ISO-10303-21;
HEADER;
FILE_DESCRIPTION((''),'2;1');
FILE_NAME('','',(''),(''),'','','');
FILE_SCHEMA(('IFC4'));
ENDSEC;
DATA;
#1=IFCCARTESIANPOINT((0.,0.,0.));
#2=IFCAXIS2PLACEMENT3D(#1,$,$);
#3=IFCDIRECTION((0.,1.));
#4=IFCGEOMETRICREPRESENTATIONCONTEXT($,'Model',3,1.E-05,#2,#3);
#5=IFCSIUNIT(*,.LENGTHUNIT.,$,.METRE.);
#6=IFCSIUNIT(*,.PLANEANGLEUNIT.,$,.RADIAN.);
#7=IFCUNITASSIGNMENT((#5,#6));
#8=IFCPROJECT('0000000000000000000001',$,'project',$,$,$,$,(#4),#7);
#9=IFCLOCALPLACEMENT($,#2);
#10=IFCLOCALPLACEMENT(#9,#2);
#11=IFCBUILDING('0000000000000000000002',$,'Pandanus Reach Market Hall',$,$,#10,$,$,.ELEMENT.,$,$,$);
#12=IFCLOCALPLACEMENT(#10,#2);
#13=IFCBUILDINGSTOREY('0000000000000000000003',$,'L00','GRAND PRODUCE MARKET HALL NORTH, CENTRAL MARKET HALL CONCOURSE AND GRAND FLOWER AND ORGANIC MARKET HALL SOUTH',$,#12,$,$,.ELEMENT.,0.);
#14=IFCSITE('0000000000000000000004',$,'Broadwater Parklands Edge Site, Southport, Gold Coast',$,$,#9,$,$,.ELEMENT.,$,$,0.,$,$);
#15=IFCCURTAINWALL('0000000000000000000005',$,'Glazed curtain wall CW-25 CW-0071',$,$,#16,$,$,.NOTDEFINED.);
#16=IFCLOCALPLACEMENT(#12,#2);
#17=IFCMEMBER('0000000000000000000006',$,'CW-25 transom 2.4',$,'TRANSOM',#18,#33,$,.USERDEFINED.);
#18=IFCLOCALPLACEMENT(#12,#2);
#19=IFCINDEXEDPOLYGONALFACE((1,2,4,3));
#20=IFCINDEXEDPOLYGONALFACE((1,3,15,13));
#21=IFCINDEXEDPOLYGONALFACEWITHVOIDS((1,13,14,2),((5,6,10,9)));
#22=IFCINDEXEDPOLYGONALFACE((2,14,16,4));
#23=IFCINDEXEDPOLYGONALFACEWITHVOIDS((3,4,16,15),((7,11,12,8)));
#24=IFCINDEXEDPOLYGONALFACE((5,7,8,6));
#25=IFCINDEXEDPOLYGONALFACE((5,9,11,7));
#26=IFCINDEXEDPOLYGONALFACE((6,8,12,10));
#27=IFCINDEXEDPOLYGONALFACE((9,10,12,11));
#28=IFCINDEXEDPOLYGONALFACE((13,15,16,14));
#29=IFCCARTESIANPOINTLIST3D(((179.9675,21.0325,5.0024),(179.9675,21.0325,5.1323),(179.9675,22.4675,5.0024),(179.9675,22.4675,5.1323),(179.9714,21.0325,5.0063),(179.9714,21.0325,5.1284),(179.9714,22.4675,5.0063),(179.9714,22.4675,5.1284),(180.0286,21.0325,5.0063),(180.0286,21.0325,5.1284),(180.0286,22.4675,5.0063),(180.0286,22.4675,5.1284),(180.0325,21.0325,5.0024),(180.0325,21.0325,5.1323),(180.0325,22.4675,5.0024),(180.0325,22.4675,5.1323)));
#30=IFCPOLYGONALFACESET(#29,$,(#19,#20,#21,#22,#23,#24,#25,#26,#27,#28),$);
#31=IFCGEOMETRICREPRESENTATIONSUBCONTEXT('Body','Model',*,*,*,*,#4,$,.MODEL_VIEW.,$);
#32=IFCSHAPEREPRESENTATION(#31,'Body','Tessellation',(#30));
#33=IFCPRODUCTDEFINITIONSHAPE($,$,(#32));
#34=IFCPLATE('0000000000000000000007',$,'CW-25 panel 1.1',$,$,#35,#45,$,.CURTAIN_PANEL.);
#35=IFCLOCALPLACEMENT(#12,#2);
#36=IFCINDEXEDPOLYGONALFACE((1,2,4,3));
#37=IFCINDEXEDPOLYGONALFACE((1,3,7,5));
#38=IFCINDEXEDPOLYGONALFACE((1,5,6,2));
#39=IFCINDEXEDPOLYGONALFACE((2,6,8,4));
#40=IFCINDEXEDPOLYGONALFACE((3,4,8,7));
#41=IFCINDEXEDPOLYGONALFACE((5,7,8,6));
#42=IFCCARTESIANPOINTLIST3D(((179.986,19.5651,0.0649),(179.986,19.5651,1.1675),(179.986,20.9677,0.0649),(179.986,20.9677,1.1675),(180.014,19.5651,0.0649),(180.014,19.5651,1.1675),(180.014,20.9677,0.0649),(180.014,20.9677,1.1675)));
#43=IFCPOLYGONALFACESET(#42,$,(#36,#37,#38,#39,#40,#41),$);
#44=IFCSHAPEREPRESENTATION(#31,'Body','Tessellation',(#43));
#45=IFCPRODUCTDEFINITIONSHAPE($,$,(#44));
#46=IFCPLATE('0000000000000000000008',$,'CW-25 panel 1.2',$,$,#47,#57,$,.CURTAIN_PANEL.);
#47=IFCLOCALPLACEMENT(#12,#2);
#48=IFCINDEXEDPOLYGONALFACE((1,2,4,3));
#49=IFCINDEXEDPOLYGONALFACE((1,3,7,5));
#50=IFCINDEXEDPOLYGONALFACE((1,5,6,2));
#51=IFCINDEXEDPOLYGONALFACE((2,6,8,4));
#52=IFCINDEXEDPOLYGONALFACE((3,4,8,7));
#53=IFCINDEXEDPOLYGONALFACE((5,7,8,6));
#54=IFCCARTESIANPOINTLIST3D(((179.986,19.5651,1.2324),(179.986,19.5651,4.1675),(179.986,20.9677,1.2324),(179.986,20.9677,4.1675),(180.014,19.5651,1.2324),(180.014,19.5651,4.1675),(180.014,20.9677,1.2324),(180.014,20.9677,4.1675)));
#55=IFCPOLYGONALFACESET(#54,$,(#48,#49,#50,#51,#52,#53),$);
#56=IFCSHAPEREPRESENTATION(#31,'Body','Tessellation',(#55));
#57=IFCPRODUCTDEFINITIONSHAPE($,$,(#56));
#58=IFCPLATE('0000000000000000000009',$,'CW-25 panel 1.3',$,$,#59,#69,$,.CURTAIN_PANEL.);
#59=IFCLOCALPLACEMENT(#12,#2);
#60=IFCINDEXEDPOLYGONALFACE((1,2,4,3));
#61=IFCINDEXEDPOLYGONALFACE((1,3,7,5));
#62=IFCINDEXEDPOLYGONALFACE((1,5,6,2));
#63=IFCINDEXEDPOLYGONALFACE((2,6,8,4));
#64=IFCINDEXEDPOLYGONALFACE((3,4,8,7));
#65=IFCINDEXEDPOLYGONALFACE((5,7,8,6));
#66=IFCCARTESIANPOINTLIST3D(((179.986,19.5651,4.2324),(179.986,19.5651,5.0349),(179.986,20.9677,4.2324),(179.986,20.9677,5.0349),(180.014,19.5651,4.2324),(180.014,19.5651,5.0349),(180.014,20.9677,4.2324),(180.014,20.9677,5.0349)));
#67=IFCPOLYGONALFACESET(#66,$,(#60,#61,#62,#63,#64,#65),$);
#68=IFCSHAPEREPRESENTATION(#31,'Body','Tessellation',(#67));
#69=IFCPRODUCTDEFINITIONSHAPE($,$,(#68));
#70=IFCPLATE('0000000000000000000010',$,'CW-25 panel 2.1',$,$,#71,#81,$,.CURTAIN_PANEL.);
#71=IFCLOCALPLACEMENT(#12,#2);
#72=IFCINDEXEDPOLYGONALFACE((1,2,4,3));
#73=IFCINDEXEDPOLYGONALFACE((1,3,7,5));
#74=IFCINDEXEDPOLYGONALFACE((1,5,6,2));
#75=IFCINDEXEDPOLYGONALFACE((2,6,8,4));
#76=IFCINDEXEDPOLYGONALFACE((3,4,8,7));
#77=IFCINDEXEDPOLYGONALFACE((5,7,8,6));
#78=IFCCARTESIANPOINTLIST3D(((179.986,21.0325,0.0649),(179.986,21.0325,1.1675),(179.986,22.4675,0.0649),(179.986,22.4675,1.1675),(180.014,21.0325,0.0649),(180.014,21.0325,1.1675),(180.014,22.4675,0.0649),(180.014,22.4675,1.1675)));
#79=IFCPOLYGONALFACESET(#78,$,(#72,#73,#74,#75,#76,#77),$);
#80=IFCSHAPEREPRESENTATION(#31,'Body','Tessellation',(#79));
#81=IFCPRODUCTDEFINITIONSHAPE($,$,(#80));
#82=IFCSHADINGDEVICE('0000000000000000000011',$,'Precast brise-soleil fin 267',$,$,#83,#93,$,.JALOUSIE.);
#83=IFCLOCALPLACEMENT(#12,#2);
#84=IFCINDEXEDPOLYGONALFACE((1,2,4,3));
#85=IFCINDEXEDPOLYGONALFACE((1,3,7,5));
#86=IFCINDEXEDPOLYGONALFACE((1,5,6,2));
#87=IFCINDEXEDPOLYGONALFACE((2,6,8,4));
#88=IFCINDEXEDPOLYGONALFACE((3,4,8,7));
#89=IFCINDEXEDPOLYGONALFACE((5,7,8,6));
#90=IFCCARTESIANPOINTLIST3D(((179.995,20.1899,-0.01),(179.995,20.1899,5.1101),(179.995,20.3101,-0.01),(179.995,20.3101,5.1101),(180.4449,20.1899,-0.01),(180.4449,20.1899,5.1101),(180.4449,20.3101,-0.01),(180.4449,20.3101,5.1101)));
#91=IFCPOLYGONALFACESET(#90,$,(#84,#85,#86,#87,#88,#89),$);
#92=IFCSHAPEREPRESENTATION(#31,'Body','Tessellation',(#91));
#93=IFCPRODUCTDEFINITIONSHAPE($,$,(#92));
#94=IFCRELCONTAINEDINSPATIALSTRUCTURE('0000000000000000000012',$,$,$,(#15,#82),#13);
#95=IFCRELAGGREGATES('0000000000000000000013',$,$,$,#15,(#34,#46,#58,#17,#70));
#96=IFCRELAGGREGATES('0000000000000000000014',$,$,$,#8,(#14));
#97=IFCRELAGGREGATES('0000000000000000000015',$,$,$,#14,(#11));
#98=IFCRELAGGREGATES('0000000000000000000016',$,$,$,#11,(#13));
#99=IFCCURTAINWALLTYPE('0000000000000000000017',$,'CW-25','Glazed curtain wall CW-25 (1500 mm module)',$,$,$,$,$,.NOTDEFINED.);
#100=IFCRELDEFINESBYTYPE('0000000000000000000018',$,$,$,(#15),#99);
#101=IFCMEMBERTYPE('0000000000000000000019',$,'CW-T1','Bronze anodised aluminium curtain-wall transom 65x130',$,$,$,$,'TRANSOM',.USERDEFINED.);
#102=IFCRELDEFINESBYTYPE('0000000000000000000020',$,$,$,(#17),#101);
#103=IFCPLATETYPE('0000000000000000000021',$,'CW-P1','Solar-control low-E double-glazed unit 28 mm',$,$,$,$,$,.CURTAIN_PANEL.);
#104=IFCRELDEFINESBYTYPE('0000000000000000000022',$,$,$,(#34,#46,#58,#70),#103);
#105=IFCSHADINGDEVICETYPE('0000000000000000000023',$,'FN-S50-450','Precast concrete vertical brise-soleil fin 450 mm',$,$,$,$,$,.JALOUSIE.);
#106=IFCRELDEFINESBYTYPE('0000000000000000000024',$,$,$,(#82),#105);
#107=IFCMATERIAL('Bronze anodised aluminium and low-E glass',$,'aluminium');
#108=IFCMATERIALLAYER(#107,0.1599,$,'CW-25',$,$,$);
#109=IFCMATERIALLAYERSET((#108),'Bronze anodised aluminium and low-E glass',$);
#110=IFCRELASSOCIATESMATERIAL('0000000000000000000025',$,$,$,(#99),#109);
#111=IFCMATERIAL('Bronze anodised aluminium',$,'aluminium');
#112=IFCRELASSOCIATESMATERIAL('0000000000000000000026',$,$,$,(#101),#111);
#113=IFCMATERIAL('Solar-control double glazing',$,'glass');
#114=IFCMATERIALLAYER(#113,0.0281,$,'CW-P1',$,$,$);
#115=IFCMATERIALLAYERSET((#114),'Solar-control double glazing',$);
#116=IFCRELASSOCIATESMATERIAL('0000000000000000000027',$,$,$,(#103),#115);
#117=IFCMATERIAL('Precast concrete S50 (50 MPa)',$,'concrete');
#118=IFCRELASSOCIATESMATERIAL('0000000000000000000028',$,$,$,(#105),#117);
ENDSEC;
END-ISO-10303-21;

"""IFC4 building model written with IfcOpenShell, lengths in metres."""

from ifc_helpers import new_model, si_unit, direction, frame, origin, origin_2d, place, context, subcontext, project, spatial, rectangle, hollow_rectangle, extrude, material, layer, layer_set, material_profile, profile_set, type_object, element, aggregate, save


model = new_model("IFC4")

# Units and contexts
model_context = context("Model", 3, precision=1e-05, world=origin(), true_north=direction((0.0, 1.0)))
body_context = subcontext(model_context, "Body", "Model", "MODEL_VIEW")
ifc_project = project(units=[si_unit("LENGTHUNIT", "METRE"), si_unit("PLANEANGLEUNIT", "RADIAN")], contexts=[model_context])

# Site, building, storey
site_placement = place(None, origin())
site = spatial("IfcSite", under=ifc_project, at=site_placement, Name="Broadwater Parklands Edge Site, Southport, Gold Coast", CompositionType="ELEMENT", RefElevation=0.0)
building_placement = place(site_placement, origin())
building = spatial("IfcBuilding", under=site, at=building_placement, Name="Pandanus Reach Market Hall", CompositionType="ELEMENT")
storey_placement = place(building_placement, origin())
storey = spatial("IfcBuildingStorey", under=building, at=storey_placement, Name="L00", Description="GRAND PRODUCE MARKET HALL NORTH, CENTRAL MARKET HALL CONCOURSE AND GRAND FLOWER AND ORGANIC MARKET HALL SOUTH", CompositionType="ELEMENT", Elevation=0.0)

# Curtain wall, member, plates
ifc_material_1 = material(Name="Bronze anodised aluminium and low-E glass", Category="aluminium")
ifc_layer_1 = layer(ifc_material_1, 0.1599, Name="CW-25")
ifc_layer_set_1 = layer_set([ifc_layer_1], Name="Bronze anodised aluminium and low-E glass")
curtain_wall_type = type_object("IfcCurtainWallType", Name="CW-25", Description="Glazed curtain wall CW-25 (1500 mm module)", PredefinedType="NOTDEFINED", material=ifc_layer_set_1)
curtain_wall_placement = place(storey_placement, origin())
curtain_wall = element("IfcCurtainWall", 1, at=curtain_wall_placement, inside=storey, type_object=curtain_wall_type, Name="Glazed curtain wall CW-25 CW-0071", PredefinedType="NOTDEFINED")
ifc_material_2 = material(Name="Bronze anodised aluminium", Category="aluminium")
ifc_material_profile_1 = material_profile(ifc_material_2, hollow_rectangle(XDim=0.0649, YDim=0.1299, WallThickness=0.0039, at=origin_2d()), Name="ALU65x130", Category="LoadBearing")
ifc_profile_set_1 = profile_set([ifc_material_profile_1], Name="Bronze anodised aluminium")
member_type_1 = type_object("IfcMemberType", Name="CW-T1", Description="Bronze anodised aluminium curtain-wall transom 65x130", ElementType="TRANSOM", PredefinedType="USERDEFINED", material=ifc_profile_set_1)
member_1_placement = place(storey_placement, frame((180.0, 21.0325, 5.0674), z_axis=(0.0, 1.0, 0.0), x_axis=(-1.0, 0.0, 0.0)))
member_1 = element("IfcMember", 2, at=member_1_placement, type_object=member_type_1, Name="CW-25 transom 2.4", ObjectType="TRANSOM", PredefinedType="USERDEFINED", context=body_context, shape_type="SweptSolid", body=[
    extrude(hollow_rectangle(XDim=0.0649, YDim=0.1299, WallThickness=0.0039, at=origin_2d()), origin(), (0.0, 0.0, 1.0), 1.4351),
])
ifc_material_3 = material(Name="Solar-control double glazing", Category="glass")
ifc_layer_2 = layer(ifc_material_3, 0.0281, Name="CW-P1")
ifc_layer_set_2 = layer_set([ifc_layer_2], Name="Solar-control double glazing")
plate_type = type_object("IfcPlateType", Name="CW-P1", Description="Solar-control low-E double-glazed unit 28 mm", PredefinedType="CURTAIN_PANEL", material=ifc_layer_set_2)
plate_1_placement = place(storey_placement, frame((180.0, 20.2664, 0.0649), z_axis=(0.0, 0.0, 1.0), x_axis=(0.0, 1.0, 0.0)))
plate_1 = element("IfcPlate", 3, at=plate_1_placement, type_object=plate_type, Name="CW-25 panel 1.1", PredefinedType="CURTAIN_PANEL", context=body_context, shape_type="SweptSolid", body=[
    extrude(rectangle(XDim=1.4026, YDim=0.0281, at=origin_2d()), origin(), (0.0, 0.0, 1.0), 1.1025),
])
plate_2_placement = place(storey_placement, frame((180.0, 20.2664, 1.2324), z_axis=(0.0, 0.0, 1.0), x_axis=(0.0, 1.0, 0.0)))
plate_2 = element("IfcPlate", 4, at=plate_2_placement, type_object=plate_type, Name="CW-25 panel 1.2", PredefinedType="CURTAIN_PANEL", context=body_context, shape_type="SweptSolid", body=[
    extrude(rectangle(XDim=1.4026, YDim=0.0281, at=origin_2d()), origin(), (0.0, 0.0, 1.0), 2.9351),
])
plate_3_placement = place(storey_placement, frame((180.0, 20.2664, 4.2324), z_axis=(0.0, 0.0, 1.0), x_axis=(0.0, 1.0, 0.0)))
plate_3 = element("IfcPlate", 5, at=plate_3_placement, type_object=plate_type, Name="CW-25 panel 1.3", PredefinedType="CURTAIN_PANEL", context=body_context, shape_type="SweptSolid", body=[
    extrude(rectangle(XDim=1.4026, YDim=0.0281, at=origin_2d()), origin(), (0.0, 0.0, 1.0), 0.8025),
])
plate_4_placement = place(storey_placement, frame((180.0, 21.75, 0.0649), z_axis=(0.0, 0.0, 1.0), x_axis=(0.0, 1.0, 0.0)))
plate_4 = element("IfcPlate", 6, at=plate_4_placement, type_object=plate_type, Name="CW-25 panel 2.1", PredefinedType="CURTAIN_PANEL", context=body_context, shape_type="SweptSolid", body=[
    extrude(rectangle(XDim=1.4351, YDim=0.0281, at=origin_2d()), origin(), (0.0, 0.0, 1.0), 1.1025),
])
aggregate(curtain_wall, [plate_1, plate_2, plate_3, member_1, plate_4])

# Shared definitions
ifc_material_4 = material(Name="Precast concrete S50 (50 MPa)", Category="concrete")

# Shading device
shading_device_type = type_object("IfcShadingDeviceType", Name="FN-S50-450", Description="Precast concrete vertical brise-soleil fin 450 mm", PredefinedType="JALOUSIE", material=ifc_material_4)
shading_device_placement = place(storey_placement, frame((180.22, 20.25, -0.01), z_axis=(0.0, 0.0, 1.0), x_axis=(1.0, 0.0, 0.0)))
element("IfcShadingDevice", 7, at=shading_device_placement, inside=storey, type_object=shading_device_type, Name="Precast brise-soleil fin 267", PredefinedType="JALOUSIE", context=body_context, shape_type="SweptSolid", body=[
    extrude(rectangle(XDim=0.45, YDim=0.1201, at=origin_2d()), origin(), (0.0, 0.0, 1.0), 5.1201),
])

save(model, "model.ifc")
